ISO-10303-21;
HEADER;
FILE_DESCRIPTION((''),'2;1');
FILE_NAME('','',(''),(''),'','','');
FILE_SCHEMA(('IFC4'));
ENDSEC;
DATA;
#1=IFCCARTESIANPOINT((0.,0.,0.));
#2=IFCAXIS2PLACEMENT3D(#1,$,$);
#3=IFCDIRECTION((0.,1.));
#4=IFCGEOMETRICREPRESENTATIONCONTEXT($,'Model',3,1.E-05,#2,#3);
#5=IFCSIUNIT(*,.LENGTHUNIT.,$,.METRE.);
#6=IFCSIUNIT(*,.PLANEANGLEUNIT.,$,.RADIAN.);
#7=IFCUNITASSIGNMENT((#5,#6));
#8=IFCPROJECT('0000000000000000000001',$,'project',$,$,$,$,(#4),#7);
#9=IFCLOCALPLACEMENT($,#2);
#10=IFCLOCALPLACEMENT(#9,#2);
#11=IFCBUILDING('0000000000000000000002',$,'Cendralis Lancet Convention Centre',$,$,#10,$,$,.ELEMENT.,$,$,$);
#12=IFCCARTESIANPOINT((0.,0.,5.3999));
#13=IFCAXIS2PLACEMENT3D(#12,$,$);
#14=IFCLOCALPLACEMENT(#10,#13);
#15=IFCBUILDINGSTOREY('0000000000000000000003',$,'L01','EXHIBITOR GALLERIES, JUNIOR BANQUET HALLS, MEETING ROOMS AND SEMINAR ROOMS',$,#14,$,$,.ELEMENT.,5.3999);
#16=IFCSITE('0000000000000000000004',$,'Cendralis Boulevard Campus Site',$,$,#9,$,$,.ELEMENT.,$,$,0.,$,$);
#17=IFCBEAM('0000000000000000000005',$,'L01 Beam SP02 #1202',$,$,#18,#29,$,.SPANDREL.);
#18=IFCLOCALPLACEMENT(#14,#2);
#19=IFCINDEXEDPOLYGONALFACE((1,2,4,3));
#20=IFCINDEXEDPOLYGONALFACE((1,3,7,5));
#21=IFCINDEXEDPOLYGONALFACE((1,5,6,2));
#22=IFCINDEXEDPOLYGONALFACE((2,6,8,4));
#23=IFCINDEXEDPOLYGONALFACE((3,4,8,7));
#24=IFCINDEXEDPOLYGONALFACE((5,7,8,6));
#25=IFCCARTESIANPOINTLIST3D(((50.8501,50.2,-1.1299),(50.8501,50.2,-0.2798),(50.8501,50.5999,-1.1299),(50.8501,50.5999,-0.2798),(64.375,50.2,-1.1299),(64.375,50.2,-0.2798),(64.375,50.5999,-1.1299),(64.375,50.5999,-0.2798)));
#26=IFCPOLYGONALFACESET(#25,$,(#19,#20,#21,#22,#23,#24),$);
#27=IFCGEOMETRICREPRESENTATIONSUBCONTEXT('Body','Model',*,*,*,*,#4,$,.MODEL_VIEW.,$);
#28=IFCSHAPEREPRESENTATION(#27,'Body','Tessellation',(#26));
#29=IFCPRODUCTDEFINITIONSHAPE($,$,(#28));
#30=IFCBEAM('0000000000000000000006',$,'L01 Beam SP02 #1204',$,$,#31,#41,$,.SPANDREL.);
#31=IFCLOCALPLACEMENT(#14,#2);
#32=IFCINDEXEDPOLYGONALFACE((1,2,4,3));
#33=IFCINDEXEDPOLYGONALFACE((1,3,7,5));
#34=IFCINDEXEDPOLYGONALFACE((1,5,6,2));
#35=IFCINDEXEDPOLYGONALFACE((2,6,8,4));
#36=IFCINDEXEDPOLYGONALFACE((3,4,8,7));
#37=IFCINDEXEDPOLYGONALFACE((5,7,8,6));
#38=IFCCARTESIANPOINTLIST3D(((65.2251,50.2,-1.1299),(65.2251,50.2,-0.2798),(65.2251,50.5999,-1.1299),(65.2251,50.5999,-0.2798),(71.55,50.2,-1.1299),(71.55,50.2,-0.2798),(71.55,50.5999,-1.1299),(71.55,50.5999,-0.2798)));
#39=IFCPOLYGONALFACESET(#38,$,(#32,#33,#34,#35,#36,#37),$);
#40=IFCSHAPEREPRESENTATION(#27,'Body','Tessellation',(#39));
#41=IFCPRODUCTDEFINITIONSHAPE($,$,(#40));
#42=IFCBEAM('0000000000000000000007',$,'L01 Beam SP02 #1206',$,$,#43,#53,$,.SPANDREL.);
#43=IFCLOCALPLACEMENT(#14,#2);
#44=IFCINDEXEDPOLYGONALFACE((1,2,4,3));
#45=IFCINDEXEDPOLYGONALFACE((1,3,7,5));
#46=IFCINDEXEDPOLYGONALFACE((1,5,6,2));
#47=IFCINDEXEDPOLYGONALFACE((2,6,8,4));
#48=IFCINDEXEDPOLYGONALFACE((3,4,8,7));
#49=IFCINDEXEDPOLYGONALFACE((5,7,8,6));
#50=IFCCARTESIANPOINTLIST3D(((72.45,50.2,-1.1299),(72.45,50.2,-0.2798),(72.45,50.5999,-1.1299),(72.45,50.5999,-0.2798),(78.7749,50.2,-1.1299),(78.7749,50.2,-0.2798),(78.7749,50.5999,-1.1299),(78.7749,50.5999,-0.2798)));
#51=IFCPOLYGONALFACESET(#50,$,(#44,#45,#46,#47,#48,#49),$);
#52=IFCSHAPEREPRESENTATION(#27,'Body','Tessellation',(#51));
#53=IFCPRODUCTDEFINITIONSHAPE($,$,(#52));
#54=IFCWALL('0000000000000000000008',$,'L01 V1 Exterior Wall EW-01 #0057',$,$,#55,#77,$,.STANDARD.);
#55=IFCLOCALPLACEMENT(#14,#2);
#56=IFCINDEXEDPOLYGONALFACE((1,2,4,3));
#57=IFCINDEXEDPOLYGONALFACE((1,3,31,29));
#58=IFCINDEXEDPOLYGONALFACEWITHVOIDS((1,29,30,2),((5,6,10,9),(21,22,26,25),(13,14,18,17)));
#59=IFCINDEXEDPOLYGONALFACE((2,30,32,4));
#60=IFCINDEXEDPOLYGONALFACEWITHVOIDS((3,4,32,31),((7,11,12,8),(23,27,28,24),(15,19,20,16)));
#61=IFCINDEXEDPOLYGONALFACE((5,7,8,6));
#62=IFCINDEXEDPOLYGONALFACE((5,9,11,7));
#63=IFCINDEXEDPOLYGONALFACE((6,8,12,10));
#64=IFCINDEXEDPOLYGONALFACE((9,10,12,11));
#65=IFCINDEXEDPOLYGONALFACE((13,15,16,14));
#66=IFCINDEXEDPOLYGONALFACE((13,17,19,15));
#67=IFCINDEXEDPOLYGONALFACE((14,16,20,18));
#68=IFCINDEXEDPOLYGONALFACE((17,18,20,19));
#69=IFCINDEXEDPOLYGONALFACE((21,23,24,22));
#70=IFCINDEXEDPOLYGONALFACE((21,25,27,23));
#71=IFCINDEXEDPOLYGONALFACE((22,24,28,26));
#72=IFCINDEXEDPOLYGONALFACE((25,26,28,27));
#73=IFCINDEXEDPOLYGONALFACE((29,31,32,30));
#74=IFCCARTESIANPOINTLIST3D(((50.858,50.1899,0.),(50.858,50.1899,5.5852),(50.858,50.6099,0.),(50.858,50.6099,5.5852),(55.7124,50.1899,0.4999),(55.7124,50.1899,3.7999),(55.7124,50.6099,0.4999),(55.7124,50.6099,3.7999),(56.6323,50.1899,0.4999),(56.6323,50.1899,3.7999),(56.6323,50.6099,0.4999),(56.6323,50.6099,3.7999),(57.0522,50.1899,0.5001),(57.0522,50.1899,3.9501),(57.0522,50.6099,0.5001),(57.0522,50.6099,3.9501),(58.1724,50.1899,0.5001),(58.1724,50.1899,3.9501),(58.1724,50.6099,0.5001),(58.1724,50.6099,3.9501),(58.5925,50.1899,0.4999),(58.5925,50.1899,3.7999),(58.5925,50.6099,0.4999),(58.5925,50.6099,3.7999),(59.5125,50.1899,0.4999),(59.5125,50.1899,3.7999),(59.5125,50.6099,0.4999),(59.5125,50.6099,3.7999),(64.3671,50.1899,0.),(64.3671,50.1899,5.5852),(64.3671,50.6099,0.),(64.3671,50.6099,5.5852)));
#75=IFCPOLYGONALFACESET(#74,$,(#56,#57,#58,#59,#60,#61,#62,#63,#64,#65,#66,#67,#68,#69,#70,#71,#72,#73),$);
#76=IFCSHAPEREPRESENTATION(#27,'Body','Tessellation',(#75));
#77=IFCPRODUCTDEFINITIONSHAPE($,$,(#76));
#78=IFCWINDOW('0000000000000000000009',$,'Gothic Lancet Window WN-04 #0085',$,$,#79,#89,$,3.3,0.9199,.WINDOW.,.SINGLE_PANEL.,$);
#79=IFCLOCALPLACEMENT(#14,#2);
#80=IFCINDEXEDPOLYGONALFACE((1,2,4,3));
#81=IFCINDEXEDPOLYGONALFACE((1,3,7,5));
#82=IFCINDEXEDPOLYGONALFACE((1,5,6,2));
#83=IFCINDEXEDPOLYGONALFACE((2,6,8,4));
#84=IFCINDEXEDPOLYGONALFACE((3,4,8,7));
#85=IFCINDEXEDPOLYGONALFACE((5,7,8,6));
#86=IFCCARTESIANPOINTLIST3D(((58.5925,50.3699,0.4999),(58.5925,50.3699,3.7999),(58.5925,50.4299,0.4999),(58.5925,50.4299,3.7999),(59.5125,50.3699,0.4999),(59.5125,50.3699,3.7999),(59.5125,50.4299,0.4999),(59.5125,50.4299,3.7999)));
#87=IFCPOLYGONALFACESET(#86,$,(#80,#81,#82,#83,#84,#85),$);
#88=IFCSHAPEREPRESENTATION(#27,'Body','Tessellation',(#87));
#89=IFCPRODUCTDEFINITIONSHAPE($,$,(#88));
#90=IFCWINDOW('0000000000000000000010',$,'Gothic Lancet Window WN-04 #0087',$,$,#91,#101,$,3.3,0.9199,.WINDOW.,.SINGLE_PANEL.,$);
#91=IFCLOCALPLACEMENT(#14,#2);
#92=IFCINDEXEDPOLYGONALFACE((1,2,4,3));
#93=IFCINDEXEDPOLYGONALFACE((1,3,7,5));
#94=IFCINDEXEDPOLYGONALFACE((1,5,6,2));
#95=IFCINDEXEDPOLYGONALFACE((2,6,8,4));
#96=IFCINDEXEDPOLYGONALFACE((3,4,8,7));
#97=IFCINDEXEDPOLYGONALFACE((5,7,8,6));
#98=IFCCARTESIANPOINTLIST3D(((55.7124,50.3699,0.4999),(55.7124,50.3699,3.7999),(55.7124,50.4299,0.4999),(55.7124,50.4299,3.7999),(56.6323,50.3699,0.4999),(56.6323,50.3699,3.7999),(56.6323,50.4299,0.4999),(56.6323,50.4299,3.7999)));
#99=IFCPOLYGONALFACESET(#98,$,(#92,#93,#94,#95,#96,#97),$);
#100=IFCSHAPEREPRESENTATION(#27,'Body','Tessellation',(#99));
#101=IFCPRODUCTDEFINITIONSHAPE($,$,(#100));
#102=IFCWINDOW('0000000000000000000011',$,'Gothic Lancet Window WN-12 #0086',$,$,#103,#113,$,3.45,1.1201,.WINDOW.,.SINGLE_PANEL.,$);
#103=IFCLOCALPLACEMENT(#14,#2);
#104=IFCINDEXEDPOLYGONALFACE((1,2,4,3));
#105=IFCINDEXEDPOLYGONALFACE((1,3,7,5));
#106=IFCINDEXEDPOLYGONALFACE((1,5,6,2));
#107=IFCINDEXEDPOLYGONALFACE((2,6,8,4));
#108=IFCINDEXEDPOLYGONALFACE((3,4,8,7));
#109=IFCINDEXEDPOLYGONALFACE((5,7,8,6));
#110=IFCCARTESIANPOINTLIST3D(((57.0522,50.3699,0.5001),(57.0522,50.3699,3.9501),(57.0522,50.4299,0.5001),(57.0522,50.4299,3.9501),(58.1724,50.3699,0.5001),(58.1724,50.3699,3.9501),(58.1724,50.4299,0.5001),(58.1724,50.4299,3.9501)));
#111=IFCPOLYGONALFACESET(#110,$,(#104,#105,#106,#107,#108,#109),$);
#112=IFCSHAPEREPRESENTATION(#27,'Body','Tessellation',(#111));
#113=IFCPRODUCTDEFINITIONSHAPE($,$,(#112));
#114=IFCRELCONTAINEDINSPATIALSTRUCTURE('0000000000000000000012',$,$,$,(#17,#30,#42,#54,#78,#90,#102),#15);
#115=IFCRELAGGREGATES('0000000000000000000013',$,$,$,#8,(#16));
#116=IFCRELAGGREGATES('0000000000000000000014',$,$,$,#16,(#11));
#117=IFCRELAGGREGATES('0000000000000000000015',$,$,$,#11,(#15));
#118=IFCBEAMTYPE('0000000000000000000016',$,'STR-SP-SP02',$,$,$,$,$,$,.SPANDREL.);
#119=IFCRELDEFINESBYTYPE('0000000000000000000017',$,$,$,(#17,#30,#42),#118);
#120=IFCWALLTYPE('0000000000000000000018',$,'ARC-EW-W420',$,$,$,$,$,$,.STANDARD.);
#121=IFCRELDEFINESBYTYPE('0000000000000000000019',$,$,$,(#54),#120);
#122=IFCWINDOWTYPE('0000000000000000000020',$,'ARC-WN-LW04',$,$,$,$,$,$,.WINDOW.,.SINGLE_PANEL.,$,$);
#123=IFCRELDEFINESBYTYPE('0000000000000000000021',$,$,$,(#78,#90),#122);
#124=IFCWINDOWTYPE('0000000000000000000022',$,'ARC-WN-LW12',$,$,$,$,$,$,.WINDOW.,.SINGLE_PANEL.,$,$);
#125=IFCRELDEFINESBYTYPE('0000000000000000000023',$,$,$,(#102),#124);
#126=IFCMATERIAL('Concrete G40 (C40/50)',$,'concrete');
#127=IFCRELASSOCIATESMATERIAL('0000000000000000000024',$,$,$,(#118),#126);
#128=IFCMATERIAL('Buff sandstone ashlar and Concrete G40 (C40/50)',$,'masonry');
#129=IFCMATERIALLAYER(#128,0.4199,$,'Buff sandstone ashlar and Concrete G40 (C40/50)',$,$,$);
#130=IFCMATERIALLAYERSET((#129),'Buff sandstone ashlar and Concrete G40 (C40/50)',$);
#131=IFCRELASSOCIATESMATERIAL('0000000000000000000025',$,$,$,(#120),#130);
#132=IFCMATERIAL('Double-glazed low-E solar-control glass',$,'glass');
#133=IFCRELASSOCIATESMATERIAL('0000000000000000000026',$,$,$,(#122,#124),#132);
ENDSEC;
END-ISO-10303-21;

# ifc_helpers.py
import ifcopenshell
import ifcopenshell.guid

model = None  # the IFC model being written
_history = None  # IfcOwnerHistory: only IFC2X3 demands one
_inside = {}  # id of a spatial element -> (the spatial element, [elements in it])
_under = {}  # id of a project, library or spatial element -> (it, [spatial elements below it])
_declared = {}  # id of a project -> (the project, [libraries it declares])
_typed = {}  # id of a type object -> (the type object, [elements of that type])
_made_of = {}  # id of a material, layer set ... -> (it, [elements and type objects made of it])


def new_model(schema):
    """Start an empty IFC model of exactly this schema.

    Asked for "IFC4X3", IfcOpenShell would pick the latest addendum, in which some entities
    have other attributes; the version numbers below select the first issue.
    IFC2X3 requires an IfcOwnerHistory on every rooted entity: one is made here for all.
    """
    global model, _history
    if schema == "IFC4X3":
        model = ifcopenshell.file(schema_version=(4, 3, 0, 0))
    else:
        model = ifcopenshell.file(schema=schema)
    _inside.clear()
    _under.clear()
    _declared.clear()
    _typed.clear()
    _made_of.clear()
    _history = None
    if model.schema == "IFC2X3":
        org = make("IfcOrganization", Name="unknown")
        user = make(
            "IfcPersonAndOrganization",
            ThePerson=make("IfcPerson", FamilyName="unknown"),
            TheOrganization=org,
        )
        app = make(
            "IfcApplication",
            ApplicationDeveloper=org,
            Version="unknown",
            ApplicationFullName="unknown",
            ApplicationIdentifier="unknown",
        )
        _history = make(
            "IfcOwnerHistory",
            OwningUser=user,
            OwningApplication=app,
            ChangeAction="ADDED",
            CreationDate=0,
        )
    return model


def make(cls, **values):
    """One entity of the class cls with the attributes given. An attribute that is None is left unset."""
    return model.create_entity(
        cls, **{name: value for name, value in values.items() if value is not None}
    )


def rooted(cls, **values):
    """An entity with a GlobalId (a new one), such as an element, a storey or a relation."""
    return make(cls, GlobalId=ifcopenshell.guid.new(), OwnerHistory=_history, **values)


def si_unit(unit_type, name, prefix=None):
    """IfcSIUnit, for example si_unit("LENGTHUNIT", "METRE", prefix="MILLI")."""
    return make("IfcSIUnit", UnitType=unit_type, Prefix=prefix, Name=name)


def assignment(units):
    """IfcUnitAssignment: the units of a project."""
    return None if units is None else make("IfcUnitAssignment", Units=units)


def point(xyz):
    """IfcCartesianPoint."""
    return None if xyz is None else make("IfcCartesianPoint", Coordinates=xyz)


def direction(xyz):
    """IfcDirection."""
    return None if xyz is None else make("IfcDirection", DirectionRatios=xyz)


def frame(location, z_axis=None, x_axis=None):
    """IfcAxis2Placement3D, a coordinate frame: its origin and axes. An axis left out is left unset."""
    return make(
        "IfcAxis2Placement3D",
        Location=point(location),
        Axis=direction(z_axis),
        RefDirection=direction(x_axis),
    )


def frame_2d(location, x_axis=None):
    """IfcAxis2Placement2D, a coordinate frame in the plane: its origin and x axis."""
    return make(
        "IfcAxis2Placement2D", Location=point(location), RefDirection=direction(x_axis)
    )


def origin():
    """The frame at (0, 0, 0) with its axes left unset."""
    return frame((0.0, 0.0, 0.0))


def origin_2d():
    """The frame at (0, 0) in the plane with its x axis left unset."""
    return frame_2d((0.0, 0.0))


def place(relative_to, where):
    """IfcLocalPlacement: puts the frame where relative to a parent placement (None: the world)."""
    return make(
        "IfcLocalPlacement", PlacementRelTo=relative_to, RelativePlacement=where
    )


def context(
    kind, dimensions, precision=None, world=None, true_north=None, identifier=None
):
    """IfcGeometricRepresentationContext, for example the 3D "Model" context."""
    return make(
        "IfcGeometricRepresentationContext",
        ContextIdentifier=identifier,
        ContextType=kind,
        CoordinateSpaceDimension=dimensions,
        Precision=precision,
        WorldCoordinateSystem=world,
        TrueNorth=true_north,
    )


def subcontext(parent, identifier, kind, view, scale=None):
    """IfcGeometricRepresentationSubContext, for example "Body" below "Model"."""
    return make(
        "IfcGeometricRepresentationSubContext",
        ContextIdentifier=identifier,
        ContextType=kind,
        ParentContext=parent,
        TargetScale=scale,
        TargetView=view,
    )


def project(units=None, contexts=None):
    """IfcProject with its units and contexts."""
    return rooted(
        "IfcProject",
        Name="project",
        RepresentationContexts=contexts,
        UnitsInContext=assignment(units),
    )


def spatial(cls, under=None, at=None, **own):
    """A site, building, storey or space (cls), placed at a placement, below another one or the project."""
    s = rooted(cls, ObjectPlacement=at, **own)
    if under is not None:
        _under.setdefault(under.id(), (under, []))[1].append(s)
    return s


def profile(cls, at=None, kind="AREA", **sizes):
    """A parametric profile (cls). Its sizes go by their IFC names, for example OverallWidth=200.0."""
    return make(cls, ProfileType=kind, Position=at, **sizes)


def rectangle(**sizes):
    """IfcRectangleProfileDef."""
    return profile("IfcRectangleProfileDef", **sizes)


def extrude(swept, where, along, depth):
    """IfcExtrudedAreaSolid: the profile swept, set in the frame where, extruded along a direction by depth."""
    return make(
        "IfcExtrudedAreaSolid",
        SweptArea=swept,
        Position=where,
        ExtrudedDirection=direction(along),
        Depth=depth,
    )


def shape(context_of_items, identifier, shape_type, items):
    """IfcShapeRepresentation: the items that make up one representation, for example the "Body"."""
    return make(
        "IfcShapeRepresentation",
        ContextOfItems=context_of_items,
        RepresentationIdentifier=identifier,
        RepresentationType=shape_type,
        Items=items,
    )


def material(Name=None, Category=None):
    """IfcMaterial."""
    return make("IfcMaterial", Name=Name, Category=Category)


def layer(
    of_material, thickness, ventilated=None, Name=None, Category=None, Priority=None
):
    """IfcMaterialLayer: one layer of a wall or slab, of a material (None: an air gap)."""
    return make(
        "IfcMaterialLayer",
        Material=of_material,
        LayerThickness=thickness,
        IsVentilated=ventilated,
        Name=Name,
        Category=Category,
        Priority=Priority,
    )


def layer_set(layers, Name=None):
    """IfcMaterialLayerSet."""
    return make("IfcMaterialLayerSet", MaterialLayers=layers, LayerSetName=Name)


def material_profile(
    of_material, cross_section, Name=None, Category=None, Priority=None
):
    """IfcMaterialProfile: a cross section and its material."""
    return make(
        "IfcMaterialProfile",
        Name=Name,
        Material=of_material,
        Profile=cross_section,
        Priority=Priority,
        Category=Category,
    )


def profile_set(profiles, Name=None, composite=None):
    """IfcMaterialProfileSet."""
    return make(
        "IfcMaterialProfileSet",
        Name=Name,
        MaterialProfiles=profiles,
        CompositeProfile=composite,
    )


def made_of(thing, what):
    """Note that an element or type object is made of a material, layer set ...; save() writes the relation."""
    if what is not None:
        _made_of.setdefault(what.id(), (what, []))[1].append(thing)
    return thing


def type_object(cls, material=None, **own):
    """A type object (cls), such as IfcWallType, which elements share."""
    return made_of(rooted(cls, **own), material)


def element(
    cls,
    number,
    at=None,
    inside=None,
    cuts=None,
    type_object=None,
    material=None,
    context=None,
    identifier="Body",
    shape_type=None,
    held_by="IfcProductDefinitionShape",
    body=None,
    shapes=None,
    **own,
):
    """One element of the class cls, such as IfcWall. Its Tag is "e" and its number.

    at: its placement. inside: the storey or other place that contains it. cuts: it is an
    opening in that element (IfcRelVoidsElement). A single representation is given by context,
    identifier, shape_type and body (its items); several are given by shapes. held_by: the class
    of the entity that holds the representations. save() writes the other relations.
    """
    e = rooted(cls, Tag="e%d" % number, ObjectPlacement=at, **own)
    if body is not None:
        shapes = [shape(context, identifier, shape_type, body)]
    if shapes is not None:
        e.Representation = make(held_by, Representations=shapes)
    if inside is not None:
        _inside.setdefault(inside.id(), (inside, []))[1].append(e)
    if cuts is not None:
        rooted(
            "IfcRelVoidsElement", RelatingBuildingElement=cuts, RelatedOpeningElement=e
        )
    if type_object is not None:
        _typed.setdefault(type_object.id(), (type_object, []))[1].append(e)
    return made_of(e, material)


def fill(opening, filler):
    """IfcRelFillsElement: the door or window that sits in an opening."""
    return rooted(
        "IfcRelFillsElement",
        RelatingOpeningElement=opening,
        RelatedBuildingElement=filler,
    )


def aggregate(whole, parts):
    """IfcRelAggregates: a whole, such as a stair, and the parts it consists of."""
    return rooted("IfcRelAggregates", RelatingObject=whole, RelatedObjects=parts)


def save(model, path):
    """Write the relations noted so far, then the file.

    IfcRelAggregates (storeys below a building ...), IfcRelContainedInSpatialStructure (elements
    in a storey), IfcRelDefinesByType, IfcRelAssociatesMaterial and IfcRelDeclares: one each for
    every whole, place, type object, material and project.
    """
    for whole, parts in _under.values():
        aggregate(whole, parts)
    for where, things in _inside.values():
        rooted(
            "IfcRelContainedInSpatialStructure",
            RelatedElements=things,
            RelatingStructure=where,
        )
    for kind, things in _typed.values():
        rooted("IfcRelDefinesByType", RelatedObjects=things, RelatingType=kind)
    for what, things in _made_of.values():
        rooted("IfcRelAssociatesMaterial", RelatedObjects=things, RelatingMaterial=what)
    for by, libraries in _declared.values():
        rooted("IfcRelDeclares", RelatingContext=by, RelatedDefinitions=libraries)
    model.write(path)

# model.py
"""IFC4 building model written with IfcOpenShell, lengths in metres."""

from ifc_helpers import new_model, si_unit, direction, frame, frame_2d, origin, origin_2d, place, context, subcontext, project, spatial, rectangle, extrude, material, layer, layer_set, material_profile, profile_set, type_object, element, fill, save


model = new_model("IFC4")

# Units and contexts
model_context = context("Model", 3, precision=1e-05, world=origin(), true_north=direction((0.0, 1.0)))
body_context = subcontext(model_context, "Body", "Model", "MODEL_VIEW")
ifc_project = project(units=[si_unit("LENGTHUNIT", "METRE"), si_unit("PLANEANGLEUNIT", "RADIAN")], contexts=[model_context])

# Site, building, storey
site_placement = place(None, origin())
site = spatial("IfcSite", under=ifc_project, at=site_placement, Name="Cendralis Boulevard Campus Site", CompositionType="ELEMENT", RefElevation=0.0)
building_placement = place(site_placement, origin())
building = spatial("IfcBuilding", under=site, at=building_placement, Name="Cendralis Lancet Convention Centre", CompositionType="ELEMENT")
storey_placement = place(building_placement, frame((0.0, 0.0, 5.3999)))
storey = spatial("IfcBuildingStorey", under=building, at=storey_placement, Name="L01", Description="EXHIBITOR GALLERIES, JUNIOR BANQUET HALLS, MEETING ROOMS AND SEMINAR ROOMS", CompositionType="ELEMENT", Elevation=5.3999)

# Shared definitions
ifc_material_1 = material(Name="Concrete G40 (C40/50)", Category="concrete")

# Beams
ifc_material_profile_1 = material_profile(ifc_material_1, rectangle(XDim=0.3999, YDim=0.8501, at=origin_2d()), Name="RCB 400x850")
ifc_profile_set_1 = profile_set([ifc_material_profile_1], Name="Concrete G40 (C40/50)")
beam_type_1 = type_object("IfcBeamType", Name="STR-SP-SP02", PredefinedType="SPANDREL", material=ifc_profile_set_1)
beam_1_placement = place(storey_placement, frame((50.8501, 50.3999, -0.7048), z_axis=(1.0, 0.0, 0.0), x_axis=(0.0, 1.0, 0.0)))
element("IfcBeam", 1, at=beam_1_placement, inside=storey, type_object=beam_type_1, Name="L01 Beam SP02 #1202", PredefinedType="SPANDREL", context=body_context, shape_type="SweptSolid", body=[
    extrude(rectangle(XDim=0.3999, YDim=0.8501, at=origin_2d()), origin(), (0.0, 0.0, 1.0), 13.5249),
])
for number, where, z_axis, x_axis, name in (
    (2, (65.2251, 50.3999, -0.7048), (1.0, 0.0, 0.0), (0.0, 1.0, 0.0), "L01 Beam SP02 #1204"),
    (3, (72.45, 50.3999, -0.7048), (1.0, 0.0, 0.0), (0.0, 1.0, 0.0), "L01 Beam SP02 #1206"),
):
    element("IfcBeam", number, at=place(storey_placement, frame(where, z_axis=z_axis, x_axis=x_axis)), inside=storey, type_object=beam_type_1, Name=name, PredefinedType="SPANDREL", context=body_context, shape_type="SweptSolid", body=[
        extrude(rectangle(XDim=0.3999, YDim=0.8501, at=origin_2d()), origin(), (0.0, 0.0, 1.0), 6.325),
    ])

# Wall, openings, windows
ifc_material_2 = material(Name="Buff sandstone ashlar and Concrete G40 (C40/50)", Category="masonry")
ifc_layer_1 = layer(ifc_material_2, 0.4199, Name="Buff sandstone ashlar and Concrete G40 (C40/50)")
ifc_layer_set_1 = layer_set([ifc_layer_1], Name="Buff sandstone ashlar and Concrete G40 (C40/50)")
wall_type = type_object("IfcWallType", Name="ARC-EW-W420", PredefinedType="STANDARD", material=ifc_layer_set_1)
wall_1_placement = place(storey_placement, frame((64.3669, 50.3999, 0.0), z_axis=(0.0, 0.0, 1.0), x_axis=(-1.0, 0.0, 0.0)))
wall_1 = element("IfcWall", 4, at=wall_1_placement, inside=storey, type_object=wall_type, Name="L01 V1 Exterior Wall EW-01 #0057", PredefinedType="STANDARD", context=body_context, shape_type="SweptSolid", body=[
    extrude(rectangle(XDim=13.509, YDim=0.4199, at=frame_2d((6.7544, 0.0))), origin(), (0.0, 0.0, 1.0), 5.5852),
])
opening_1_placement = place(wall_1_placement, frame((4.8545, 0.0, 0.5)))
opening_1 = element("IfcOpeningElement", 5, at=opening_1_placement, cuts=wall_1, PredefinedType="OPENING", context=body_context, shape_type="SweptSolid", body=[
    extrude(rectangle(XDim=0.9199, YDim=3.3, at=frame_2d((0.46, 1.6499))), frame((0.0, 0.22, 0.0), z_axis=(0.0, -1.0, 0.0), x_axis=(1.0, 0.0, 0.0)), (0.0, 0.0, 1.0), 0.4399),
])
opening_2_placement = place(wall_1_placement, frame((6.1946, 0.0, 0.5)))
opening_2 = element("IfcOpeningElement", 6, at=opening_2_placement, cuts=wall_1, PredefinedType="OPENING", context=body_context, shape_type="SweptSolid", body=[
    extrude(rectangle(XDim=1.1201, YDim=3.45, at=frame_2d((0.5601, 1.7251))), frame((0.0, 0.22, 0.0), z_axis=(0.0, -1.0, 0.0), x_axis=(1.0, 0.0, 0.0)), (0.0, 0.0, 1.0), 0.4399),
])
opening_3_placement = place(wall_1_placement, frame((7.7346, 0.0, 0.5)))
opening_3 = element("IfcOpeningElement", 7, at=opening_3_placement, cuts=wall_1, PredefinedType="OPENING", context=body_context, shape_type="SweptSolid", body=[
    extrude(rectangle(XDim=0.9199, YDim=3.3, at=frame_2d((0.46, 1.6499))), frame((0.0, 0.22, 0.0), z_axis=(0.0, -1.0, 0.0), x_axis=(1.0, 0.0, 0.0)), (0.0, 0.0, 1.0), 0.4399),
])
ifc_material_3 = material(Name="Double-glazed low-E solar-control glass", Category="glass")
window_type_1 = type_object("IfcWindowType", Name="ARC-WN-LW04", PartitioningType="SINGLE_PANEL", PredefinedType="WINDOW", material=ifc_material_3)
window_1_placement = place(opening_1_placement, origin())
window_1 = element("IfcWindow", 8, at=window_1_placement, inside=storey, type_object=window_type_1, Name="Gothic Lancet Window WN-04 #0085", OverallHeight=3.3, OverallWidth=0.9199, PartitioningType="SINGLE_PANEL", PredefinedType="WINDOW", context=body_context, shape_type="SweptSolid", body=[
    extrude(rectangle(XDim=0.9199, YDim=3.3, at=frame_2d((0.46, 1.6499))), frame((0.0, 0.03, 0.0), z_axis=(0.0, -1.0, 0.0), x_axis=(1.0, 0.0, 0.0)), (0.0, 0.0, 1.0), 0.0601),
])
fill(opening_1, window_1)
window_2_placement = place(opening_3_placement, origin())
window_2 = element("IfcWindow", 9, at=window_2_placement, inside=storey, type_object=window_type_1, Name="Gothic Lancet Window WN-04 #0087", OverallHeight=3.3, OverallWidth=0.9199, PartitioningType="SINGLE_PANEL", PredefinedType="WINDOW", context=body_context, shape_type="SweptSolid", body=[
    extrude(rectangle(XDim=0.9199, YDim=3.3, at=frame_2d((0.46, 1.6499))), frame((0.0, 0.03, 0.0), z_axis=(0.0, -1.0, 0.0), x_axis=(1.0, 0.0, 0.0)), (0.0, 0.0, 1.0), 0.0601),
])
fill(opening_3, window_2)
window_type_2 = type_object("IfcWindowType", Name="ARC-WN-LW12", PartitioningType="SINGLE_PANEL", PredefinedType="WINDOW", material=ifc_material_3)
window_3_placement = place(opening_2_placement, origin())
window_3 = element("IfcWindow", 10, at=window_3_placement, inside=storey, type_object=window_type_2, Name="Gothic Lancet Window WN-12 #0086", OverallHeight=3.45, OverallWidth=1.1201, PartitioningType="SINGLE_PANEL", PredefinedType="WINDOW", context=body_context, shape_type="SweptSolid", body=[
    extrude(rectangle(XDim=1.1201, YDim=3.45, at=frame_2d((0.5601, 1.7251))), frame((0.0, 0.03, 0.0), z_axis=(0.0, -1.0, 0.0), x_axis=(1.0, 0.0, 0.0)), (0.0, 0.0, 1.0), 0.0601),
])
fill(opening_2, window_3)

save(model, "model.ifc")
